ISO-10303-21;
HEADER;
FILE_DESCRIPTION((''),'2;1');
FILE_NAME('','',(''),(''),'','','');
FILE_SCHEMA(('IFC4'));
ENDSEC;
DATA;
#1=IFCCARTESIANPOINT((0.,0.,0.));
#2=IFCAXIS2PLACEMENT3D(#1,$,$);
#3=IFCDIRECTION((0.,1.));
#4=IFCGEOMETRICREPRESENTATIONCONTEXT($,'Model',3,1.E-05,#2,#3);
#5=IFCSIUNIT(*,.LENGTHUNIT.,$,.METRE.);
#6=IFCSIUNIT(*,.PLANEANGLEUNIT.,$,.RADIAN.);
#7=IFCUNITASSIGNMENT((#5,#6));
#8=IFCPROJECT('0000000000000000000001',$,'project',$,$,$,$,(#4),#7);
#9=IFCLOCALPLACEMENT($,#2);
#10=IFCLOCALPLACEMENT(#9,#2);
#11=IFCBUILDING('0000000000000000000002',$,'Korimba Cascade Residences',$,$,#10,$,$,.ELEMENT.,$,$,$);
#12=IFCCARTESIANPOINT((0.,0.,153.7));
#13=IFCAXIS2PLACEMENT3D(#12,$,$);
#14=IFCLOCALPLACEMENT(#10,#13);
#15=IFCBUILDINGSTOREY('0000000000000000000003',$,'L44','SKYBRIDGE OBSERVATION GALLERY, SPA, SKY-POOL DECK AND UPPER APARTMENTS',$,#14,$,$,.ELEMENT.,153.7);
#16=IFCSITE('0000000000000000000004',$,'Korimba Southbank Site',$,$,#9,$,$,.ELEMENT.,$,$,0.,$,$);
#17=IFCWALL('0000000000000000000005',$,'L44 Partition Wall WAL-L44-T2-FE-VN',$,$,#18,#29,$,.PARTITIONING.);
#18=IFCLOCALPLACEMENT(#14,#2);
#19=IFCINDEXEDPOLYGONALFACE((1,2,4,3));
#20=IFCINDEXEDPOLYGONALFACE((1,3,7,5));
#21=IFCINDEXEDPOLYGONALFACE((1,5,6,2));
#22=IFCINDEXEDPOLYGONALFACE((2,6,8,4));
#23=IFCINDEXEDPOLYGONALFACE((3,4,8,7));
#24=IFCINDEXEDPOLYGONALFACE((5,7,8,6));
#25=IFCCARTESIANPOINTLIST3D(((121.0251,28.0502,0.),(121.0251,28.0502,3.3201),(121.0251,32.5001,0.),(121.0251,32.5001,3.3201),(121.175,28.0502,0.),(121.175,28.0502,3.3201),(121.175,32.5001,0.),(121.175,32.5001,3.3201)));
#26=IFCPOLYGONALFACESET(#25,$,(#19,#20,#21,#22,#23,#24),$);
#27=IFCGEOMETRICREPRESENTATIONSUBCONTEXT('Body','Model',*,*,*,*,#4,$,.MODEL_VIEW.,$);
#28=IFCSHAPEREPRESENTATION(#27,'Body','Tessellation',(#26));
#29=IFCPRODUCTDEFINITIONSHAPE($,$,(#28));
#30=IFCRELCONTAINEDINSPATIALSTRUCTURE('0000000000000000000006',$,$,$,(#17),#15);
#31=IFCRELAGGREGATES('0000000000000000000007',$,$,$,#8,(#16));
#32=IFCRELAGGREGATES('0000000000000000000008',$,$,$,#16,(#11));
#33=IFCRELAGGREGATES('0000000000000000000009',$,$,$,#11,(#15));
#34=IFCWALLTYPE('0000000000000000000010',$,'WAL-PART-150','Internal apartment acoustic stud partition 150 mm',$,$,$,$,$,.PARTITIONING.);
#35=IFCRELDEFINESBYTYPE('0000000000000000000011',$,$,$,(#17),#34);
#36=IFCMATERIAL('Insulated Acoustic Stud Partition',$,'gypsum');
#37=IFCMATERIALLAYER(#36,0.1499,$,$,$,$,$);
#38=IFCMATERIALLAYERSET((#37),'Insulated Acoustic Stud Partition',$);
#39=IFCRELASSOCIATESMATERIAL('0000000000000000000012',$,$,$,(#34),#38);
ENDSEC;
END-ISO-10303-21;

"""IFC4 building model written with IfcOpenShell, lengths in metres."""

from ifc_helpers import new_model, si_unit, direction, frame, frame_2d, origin, place, context, subcontext, project, spatial, rectangle, extrude, material, layer, layer_set, type_object, element, save


model = new_model("IFC4")

# Units and contexts
model_context = context("Model", 3, precision=1e-05, world=origin(), true_north=direction((0.0, 1.0)))
body_context = subcontext(model_context, "Body", "Model", "MODEL_VIEW")
ifc_project = project(units=[si_unit("LENGTHUNIT", "METRE"), si_unit("PLANEANGLEUNIT", "RADIAN")], contexts=[model_context])

# Site, building, storey
site_placement = place(None, origin())
site = spatial("IfcSite", under=ifc_project, at=site_placement, Name="Korimba Southbank Site", CompositionType="ELEMENT", RefElevation=0.0)
building_placement = place(site_placement, origin())
building = spatial("IfcBuilding", under=site, at=building_placement, Name="Korimba Cascade Residences", CompositionType="ELEMENT")
storey_placement = place(building_placement, frame((0.0, 0.0, 153.7)))
storey = spatial("IfcBuildingStorey", under=building, at=storey_placement, Name="L44", Description="SKYBRIDGE OBSERVATION GALLERY, SPA, SKY-POOL DECK AND UPPER APARTMENTS", CompositionType="ELEMENT", Elevation=153.7)

# Shared definitions
ifc_material_1 = material(Name="Insulated Acoustic Stud Partition", Category="gypsum")
ifc_layer_1 = layer(ifc_material_1, 0.1499)
ifc_layer_set_1 = layer_set([ifc_layer_1], Name="Insulated Acoustic Stud Partition")
wall_type_1 = type_object("IfcWallType", Name="WAL-PART-150", Description="Internal apartment acoustic stud partition 150 mm", PredefinedType="PARTITIONING", material=ifc_layer_set_1)

# Wall
wall_1_placement = place(storey_placement, frame((121.1001, 28.05, 0.0), z_axis=(0.0, 0.0, 1.0), x_axis=(0.0, 1.0, 0.0)))
element("IfcWall", 1, at=wall_1_placement, inside=storey, type_object=wall_type_1, Name="L44 Partition Wall WAL-L44-T2-FE-VN", PredefinedType="PARTITIONING", context=body_context, shape_type="SweptSolid", body=[
    extrude(rectangle(XDim=4.45, YDim=0.1499, at=frame_2d((2.2251, 0.0))), origin(), (0.0, 0.0, 1.0), 3.3201),
])

save(model, "model.ifc")
